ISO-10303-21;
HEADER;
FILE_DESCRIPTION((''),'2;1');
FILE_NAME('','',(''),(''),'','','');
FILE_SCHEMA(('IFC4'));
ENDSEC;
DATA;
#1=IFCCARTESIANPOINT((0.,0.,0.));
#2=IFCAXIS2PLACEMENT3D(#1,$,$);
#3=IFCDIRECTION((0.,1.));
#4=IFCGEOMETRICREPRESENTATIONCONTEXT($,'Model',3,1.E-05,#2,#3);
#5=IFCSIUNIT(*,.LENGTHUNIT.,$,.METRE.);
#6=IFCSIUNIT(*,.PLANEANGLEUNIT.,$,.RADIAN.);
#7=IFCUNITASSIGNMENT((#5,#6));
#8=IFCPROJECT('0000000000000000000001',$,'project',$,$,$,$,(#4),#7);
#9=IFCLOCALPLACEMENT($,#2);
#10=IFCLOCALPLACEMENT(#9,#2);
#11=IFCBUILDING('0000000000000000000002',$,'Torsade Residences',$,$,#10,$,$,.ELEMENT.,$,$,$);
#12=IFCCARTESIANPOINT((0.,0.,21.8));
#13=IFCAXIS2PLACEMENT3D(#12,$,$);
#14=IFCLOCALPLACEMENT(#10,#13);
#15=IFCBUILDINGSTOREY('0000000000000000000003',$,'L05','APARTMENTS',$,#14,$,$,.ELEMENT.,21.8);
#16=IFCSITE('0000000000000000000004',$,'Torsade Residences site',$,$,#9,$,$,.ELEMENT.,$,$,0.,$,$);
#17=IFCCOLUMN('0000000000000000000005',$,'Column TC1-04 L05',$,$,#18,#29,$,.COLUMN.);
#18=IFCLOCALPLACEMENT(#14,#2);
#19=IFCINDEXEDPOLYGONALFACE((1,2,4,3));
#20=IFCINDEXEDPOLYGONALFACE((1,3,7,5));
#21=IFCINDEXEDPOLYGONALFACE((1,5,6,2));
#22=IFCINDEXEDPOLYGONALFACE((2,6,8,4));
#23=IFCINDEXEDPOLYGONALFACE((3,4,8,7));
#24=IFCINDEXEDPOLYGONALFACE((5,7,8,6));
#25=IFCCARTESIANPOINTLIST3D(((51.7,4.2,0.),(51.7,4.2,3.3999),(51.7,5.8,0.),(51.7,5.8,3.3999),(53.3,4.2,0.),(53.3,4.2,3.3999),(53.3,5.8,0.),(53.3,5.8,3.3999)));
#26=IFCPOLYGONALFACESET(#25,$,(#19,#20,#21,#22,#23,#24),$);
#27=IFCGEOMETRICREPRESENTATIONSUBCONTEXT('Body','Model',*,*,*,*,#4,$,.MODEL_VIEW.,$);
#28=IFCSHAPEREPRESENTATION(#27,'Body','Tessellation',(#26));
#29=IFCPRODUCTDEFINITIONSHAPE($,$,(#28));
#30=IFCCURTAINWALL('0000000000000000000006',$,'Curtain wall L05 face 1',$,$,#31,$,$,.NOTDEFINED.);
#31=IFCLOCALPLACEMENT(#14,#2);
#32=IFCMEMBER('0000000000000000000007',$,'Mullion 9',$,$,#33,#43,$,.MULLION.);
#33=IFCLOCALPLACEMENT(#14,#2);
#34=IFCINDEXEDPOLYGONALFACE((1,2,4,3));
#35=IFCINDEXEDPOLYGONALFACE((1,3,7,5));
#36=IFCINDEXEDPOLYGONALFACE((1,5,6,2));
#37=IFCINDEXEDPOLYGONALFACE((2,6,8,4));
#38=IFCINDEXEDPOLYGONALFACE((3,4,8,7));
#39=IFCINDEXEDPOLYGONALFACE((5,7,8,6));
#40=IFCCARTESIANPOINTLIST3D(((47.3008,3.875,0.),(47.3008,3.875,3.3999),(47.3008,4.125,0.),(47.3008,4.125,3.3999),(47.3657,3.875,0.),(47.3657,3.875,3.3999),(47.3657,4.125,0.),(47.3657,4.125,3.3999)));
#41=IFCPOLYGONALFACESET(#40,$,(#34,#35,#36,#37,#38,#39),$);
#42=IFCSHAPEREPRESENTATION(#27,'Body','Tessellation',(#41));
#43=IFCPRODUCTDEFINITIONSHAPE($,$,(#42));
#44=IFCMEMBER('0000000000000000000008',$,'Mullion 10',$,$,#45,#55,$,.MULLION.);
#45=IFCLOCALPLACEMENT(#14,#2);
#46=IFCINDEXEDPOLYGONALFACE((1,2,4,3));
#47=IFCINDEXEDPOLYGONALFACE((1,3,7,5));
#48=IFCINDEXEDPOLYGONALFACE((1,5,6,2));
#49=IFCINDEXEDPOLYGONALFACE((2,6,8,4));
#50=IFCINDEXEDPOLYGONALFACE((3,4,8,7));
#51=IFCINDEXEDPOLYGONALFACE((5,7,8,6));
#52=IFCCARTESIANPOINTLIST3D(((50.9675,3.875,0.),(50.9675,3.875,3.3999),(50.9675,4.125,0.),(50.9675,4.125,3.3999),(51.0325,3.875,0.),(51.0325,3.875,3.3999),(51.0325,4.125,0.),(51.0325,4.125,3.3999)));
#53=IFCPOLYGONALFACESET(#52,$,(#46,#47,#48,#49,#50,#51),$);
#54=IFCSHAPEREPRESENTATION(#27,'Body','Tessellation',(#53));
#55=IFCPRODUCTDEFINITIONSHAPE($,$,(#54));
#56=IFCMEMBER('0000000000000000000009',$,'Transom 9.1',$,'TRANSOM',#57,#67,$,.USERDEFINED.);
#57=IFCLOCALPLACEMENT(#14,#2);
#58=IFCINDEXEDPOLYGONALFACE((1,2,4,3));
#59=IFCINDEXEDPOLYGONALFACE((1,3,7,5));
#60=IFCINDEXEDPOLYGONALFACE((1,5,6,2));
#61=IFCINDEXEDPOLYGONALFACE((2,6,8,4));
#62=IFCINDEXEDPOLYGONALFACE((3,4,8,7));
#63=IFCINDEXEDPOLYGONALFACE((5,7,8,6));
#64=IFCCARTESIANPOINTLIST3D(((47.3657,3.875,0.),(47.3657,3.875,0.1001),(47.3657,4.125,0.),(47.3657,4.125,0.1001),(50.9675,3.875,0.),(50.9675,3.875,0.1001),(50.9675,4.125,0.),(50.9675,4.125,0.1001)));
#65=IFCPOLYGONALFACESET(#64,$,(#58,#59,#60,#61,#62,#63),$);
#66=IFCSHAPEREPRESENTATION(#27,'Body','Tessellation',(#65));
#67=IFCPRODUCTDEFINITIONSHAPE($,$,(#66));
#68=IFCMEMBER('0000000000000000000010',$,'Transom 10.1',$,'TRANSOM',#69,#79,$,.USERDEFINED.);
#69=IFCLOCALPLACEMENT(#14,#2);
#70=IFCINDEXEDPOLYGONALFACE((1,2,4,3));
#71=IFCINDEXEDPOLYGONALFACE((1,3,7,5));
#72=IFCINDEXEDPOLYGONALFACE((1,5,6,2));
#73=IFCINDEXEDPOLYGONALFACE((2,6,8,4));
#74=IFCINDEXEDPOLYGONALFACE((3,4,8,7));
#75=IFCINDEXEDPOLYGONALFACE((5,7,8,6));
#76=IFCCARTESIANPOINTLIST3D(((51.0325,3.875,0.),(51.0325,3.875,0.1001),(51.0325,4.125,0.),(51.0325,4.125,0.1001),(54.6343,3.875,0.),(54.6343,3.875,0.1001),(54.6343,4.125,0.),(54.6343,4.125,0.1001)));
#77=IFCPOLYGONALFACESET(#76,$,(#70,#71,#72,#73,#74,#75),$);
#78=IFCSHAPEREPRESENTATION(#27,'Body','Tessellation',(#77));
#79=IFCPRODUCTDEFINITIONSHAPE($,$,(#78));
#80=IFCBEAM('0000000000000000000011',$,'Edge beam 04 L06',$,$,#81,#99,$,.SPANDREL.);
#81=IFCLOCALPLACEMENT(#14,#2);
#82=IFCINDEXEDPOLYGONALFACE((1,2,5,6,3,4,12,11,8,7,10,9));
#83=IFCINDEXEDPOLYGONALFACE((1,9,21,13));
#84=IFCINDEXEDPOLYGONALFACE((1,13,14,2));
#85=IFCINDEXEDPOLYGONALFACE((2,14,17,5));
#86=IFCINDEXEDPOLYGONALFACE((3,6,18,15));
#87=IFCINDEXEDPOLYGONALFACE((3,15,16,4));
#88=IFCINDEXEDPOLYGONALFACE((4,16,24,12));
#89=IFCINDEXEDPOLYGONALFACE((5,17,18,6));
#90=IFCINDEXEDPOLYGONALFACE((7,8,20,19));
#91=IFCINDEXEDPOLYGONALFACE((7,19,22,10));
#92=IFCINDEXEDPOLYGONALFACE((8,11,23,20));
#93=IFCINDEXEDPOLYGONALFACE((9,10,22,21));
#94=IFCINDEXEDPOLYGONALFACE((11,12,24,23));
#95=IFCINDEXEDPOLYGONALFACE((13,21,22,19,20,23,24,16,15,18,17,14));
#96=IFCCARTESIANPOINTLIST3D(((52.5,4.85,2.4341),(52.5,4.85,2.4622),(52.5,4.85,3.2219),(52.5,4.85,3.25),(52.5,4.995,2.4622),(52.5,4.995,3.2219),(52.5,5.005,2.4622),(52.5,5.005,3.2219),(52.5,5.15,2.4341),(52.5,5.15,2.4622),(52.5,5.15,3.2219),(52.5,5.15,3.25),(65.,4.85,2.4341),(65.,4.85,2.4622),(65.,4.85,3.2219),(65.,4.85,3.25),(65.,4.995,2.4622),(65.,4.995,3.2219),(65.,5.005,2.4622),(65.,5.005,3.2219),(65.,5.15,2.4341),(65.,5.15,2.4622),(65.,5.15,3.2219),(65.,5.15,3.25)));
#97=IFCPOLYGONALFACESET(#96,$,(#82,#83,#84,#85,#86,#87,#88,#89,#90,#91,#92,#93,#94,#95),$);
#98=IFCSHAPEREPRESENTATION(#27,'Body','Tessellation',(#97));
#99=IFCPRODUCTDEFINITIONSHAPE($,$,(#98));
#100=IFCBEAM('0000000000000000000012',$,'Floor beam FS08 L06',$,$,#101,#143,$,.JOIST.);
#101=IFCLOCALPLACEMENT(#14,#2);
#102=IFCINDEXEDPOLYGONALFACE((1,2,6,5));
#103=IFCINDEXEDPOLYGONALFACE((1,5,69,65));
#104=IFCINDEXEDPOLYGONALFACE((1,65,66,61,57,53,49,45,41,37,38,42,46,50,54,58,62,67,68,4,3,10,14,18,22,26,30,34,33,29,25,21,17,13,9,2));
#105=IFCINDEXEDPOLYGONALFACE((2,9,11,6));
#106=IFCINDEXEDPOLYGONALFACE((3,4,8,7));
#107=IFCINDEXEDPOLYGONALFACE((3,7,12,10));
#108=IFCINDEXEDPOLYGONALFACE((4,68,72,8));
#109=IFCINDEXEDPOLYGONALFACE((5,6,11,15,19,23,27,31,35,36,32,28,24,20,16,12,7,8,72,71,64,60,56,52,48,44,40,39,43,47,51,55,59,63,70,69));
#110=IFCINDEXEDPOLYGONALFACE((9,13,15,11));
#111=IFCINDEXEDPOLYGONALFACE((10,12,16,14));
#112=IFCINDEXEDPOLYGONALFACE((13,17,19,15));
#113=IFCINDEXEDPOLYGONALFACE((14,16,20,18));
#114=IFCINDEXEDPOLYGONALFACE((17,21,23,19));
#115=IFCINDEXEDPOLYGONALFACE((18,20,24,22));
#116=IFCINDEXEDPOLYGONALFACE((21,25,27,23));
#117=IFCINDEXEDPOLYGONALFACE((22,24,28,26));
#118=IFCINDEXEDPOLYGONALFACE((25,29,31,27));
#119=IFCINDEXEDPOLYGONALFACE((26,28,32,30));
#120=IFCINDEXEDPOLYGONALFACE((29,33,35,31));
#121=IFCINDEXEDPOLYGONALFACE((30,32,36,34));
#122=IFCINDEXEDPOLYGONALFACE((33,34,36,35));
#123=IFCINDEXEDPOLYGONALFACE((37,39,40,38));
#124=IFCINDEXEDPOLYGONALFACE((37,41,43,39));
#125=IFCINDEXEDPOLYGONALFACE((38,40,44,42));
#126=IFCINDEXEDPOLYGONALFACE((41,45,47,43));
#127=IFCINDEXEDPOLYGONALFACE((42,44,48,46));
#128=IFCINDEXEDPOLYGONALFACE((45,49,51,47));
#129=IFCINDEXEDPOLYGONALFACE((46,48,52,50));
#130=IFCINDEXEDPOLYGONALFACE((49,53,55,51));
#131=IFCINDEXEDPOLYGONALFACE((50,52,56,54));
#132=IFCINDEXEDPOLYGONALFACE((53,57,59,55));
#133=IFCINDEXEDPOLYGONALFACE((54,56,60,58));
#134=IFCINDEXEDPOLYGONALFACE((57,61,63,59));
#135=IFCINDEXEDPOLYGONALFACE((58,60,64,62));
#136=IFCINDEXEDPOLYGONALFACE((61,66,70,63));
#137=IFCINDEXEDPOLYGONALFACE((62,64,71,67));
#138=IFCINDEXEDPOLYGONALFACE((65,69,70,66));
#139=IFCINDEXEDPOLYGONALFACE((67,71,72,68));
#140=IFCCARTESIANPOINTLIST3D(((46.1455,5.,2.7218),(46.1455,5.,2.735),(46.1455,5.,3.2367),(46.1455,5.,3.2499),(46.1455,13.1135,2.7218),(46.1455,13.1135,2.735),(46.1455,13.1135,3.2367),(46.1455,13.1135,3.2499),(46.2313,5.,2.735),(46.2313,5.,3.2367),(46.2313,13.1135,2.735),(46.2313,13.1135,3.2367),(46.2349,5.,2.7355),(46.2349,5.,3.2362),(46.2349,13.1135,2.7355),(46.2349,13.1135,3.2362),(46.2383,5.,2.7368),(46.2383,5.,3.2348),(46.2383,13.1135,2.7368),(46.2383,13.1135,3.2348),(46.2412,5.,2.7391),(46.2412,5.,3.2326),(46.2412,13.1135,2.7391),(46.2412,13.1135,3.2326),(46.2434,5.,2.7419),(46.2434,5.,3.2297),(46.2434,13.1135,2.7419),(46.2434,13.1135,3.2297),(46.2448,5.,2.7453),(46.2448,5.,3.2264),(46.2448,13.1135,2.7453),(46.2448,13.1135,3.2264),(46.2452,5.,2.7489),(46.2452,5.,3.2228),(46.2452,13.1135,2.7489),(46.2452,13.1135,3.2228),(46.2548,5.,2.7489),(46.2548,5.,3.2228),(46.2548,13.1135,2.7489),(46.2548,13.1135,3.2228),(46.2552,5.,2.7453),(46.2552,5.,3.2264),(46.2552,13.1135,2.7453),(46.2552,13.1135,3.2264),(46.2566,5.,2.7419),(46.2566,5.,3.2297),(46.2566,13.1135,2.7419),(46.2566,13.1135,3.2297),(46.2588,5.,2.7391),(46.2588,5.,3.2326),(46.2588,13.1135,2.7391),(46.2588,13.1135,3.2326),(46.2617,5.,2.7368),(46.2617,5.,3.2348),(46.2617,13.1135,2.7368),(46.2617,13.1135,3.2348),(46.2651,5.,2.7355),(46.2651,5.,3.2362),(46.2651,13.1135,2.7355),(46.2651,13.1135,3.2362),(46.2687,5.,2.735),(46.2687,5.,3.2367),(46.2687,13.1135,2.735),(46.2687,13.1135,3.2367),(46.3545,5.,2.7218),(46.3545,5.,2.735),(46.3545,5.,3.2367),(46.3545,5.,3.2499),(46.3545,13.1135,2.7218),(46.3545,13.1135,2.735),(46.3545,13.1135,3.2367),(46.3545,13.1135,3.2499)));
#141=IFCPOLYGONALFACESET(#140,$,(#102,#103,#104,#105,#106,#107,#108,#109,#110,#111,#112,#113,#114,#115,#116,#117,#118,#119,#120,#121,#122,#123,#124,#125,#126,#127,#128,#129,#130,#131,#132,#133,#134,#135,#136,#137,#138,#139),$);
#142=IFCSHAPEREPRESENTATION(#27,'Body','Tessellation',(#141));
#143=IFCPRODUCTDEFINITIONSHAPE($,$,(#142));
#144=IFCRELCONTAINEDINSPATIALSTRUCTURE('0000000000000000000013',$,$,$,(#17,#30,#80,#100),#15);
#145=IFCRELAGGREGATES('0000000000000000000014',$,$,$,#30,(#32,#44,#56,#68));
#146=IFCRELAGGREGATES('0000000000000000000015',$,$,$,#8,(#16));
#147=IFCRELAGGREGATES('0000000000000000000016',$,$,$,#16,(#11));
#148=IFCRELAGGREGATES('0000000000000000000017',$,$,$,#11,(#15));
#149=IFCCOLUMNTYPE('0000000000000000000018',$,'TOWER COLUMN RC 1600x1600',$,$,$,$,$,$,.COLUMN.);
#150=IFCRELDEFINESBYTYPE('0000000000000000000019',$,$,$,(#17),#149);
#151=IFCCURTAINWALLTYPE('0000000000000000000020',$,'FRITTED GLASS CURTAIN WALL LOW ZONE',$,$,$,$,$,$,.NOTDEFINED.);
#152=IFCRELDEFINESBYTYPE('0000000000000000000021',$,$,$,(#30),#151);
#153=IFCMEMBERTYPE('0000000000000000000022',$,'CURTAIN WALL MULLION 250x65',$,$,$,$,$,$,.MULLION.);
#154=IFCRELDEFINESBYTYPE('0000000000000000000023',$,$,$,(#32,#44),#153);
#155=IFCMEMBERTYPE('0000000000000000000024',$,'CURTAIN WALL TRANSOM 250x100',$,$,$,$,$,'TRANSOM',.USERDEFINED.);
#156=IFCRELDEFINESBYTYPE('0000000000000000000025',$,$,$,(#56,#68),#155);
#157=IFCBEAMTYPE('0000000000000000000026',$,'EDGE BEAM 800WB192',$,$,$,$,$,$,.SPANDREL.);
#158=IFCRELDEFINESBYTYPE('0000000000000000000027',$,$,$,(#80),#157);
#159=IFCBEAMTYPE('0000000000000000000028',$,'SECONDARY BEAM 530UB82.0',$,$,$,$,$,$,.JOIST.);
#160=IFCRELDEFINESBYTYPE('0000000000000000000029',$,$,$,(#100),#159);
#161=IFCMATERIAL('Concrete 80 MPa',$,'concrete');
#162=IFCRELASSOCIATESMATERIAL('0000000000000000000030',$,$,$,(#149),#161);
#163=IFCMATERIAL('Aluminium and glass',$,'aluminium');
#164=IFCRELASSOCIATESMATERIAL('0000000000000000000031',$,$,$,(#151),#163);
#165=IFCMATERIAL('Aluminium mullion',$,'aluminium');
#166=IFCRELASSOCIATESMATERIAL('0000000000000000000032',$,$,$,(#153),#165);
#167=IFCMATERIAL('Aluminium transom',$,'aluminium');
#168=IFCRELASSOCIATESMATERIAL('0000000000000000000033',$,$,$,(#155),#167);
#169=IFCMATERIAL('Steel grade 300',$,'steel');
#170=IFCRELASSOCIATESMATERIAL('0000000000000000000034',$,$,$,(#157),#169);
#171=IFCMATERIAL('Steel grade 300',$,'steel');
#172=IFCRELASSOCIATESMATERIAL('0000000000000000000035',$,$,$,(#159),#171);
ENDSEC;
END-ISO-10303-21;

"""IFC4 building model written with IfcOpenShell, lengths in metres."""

from ifc_helpers import new_model, si_unit, direction, frame, origin, origin_2d, place, context, subcontext, project, spatial, rectangle, i_section, extrude, material, material_profile, profile_set, type_object, element, aggregate, save


model = new_model("IFC4")

# Units and contexts
model_context = context("Model", 3, precision=1e-05, world=origin(), true_north=direction((0.0, 1.0)))
body_context = subcontext(model_context, "Body", "Model", "MODEL_VIEW")
ifc_project = project(units=[si_unit("LENGTHUNIT", "METRE"), si_unit("PLANEANGLEUNIT", "RADIAN")], contexts=[model_context])

# Site, building, storey
site_placement = place(None, origin())
site = spatial("IfcSite", under=ifc_project, at=site_placement, Name="Torsade Residences site", CompositionType="ELEMENT", RefElevation=0.0)
building_placement = place(site_placement, origin())
building = spatial("IfcBuilding", under=site, at=building_placement, Name="Torsade Residences", CompositionType="ELEMENT")
storey_placement = place(building_placement, frame((0.0, 0.0, 21.8)))
storey = spatial("IfcBuildingStorey", under=building, at=storey_placement, Name="L05", Description="APARTMENTS", CompositionType="ELEMENT", Elevation=21.8)

# Column
ifc_material_1 = material(Name="Concrete 80 MPa", Category="concrete")
ifc_material_profile_1 = material_profile(ifc_material_1, rectangle(XDim=1.6001, YDim=1.6001, at=origin_2d()), Name="RC 1600x1600")
ifc_profile_set_1 = profile_set([ifc_material_profile_1], Name="Concrete 80 MPa")
column_type = type_object("IfcColumnType", Name="TOWER COLUMN RC 1600x1600", PredefinedType="COLUMN", material=ifc_profile_set_1)
column_placement = place(storey_placement, frame((52.5, 5.0, 0.0), z_axis=(0.0, 0.0, 1.0), x_axis=(1.0, 0.0, 0.0)))
element("IfcColumn", 1, at=column_placement, inside=storey, type_object=column_type, Name="Column TC1-04 L05", PredefinedType="COLUMN", context=body_context, shape_type="SweptSolid", body=[
    extrude(rectangle(XDim=1.6001, YDim=1.6001, at=origin_2d()), origin(), (0.0, 0.0, 1.0), 3.3999),
])

# Curtain wall, members
ifc_material_2 = material(Name="Aluminium and glass", Category="aluminium")
curtain_wall_type = type_object("IfcCurtainWallType", Name="FRITTED GLASS CURTAIN WALL LOW ZONE", PredefinedType="NOTDEFINED", material=ifc_material_2)
curtain_wall_placement = place(storey_placement, origin())
curtain_wall = element("IfcCurtainWall", 2, at=curtain_wall_placement, inside=storey, type_object=curtain_wall_type, Name="Curtain wall L05 face 1", PredefinedType="NOTDEFINED")
ifc_material_3 = material(Name="Aluminium mullion", Category="aluminium")
ifc_material_profile_2 = material_profile(ifc_material_3, rectangle(XDim=0.25, YDim=0.0649, at=origin_2d()), Name="CURTAIN WALL MULLION 250x65")
ifc_profile_set_2 = profile_set([ifc_material_profile_2], Name="Aluminium mullion")
member_type_1 = type_object("IfcMemberType", Name="CURTAIN WALL MULLION 250x65", PredefinedType="MULLION", material=ifc_profile_set_2)
member_1_placement = place(storey_placement, frame((47.3333, 4.0, 0.0), z_axis=(0.0, 0.0, 1.0), x_axis=(0.0, 1.0, 0.0)))
member_1 = element("IfcMember", 3, at=member_1_placement, type_object=member_type_1, Name="Mullion 9", PredefinedType="MULLION", context=body_context, shape_type="SweptSolid", body=[
    extrude(rectangle(XDim=0.25, YDim=0.0649, at=origin_2d()), origin(), (0.0, 0.0, 1.0), 3.3999),
])
member_2_placement = place(storey_placement, frame((51.0, 4.0, 0.0), z_axis=(0.0, 0.0, 1.0), x_axis=(0.0, 1.0, 0.0)))
member_2 = element("IfcMember", 4, at=member_2_placement, type_object=member_type_1, Name="Mullion 10", PredefinedType="MULLION", context=body_context, shape_type="SweptSolid", body=[
    extrude(rectangle(XDim=0.25, YDim=0.0649, at=origin_2d()), origin(), (0.0, 0.0, 1.0), 3.3999),
])
ifc_material_4 = material(Name="Aluminium transom", Category="aluminium")
ifc_material_profile_3 = material_profile(ifc_material_4, rectangle(XDim=0.25, YDim=0.1001, at=origin_2d()), Name="CURTAIN WALL TRANSOM 250x100")
ifc_profile_set_3 = profile_set([ifc_material_profile_3], Name="Aluminium transom")
member_type_2 = type_object("IfcMemberType", Name="CURTAIN WALL TRANSOM 250x100", ElementType="TRANSOM", PredefinedType="USERDEFINED", material=ifc_profile_set_3)
member_3_placement = place(storey_placement, frame((47.3657, 4.0, 0.05), z_axis=(1.0, 0.0, 0.0), x_axis=(0.0, 1.0, 0.0)))
member_3 = element("IfcMember", 5, at=member_3_placement, type_object=member_type_2, Name="Transom 9.1", ObjectType="TRANSOM", PredefinedType="USERDEFINED", context=body_context, shape_type="SweptSolid", body=[
    extrude(rectangle(XDim=0.25, YDim=0.1001, at=origin_2d()), origin(), (0.0, 0.0, 1.0), 3.6018),
])
member_4_placement = place(storey_placement, frame((51.0325, 4.0, 0.05), z_axis=(1.0, 0.0, 0.0), x_axis=(0.0, 1.0, 0.0)))
member_4 = element("IfcMember", 6, at=member_4_placement, type_object=member_type_2, Name="Transom 10.1", ObjectType="TRANSOM", PredefinedType="USERDEFINED", context=body_context, shape_type="SweptSolid", body=[
    extrude(rectangle(XDim=0.25, YDim=0.1001, at=origin_2d()), origin(), (0.0, 0.0, 1.0), 3.6018),
])

# Beams
ifc_material_5 = material(Name="Steel grade 300", Category="steel")
ifc_material_profile_4 = material_profile(ifc_material_5, i_section(OverallWidth=0.3, OverallDepth=0.8159, WebThickness=0.01, FlangeThickness=0.0281, at=origin_2d()), Name="800WB192")
ifc_profile_set_4 = profile_set([ifc_material_profile_4], Name="Steel grade 300")
beam_type_1 = type_object("IfcBeamType", Name="EDGE BEAM 800WB192", PredefinedType="SPANDREL", material=ifc_profile_set_4)
beam_1_placement = place(storey_placement, frame((52.5, 5.0, 2.842), z_axis=(1.0, 0.0, 0.0), x_axis=(0.0, 1.0, 0.0)))
element("IfcBeam", 7, at=beam_1_placement, inside=storey, type_object=beam_type_1, Name="Edge beam 04 L06", PredefinedType="SPANDREL", context=body_context, shape_type="SweptSolid", body=[
    extrude(i_section(OverallWidth=0.3, OverallDepth=0.8159, WebThickness=0.01, FlangeThickness=0.0281, at=origin_2d()), origin(), (0.0, 0.0, 1.0), 12.5),
])
ifc_material_6 = material(Name="Steel grade 300", Category="steel")
ifc_material_profile_5 = material_profile(ifc_material_6, i_section(OverallWidth=0.209, OverallDepth=0.5281, WebThickness=0.0095, FlangeThickness=0.0132, FilletRadius=0.0139, at=origin_2d()), Name="530UB82.0")
ifc_profile_set_5 = profile_set([ifc_material_profile_5], Name="Steel grade 300")
beam_type_2 = type_object("IfcBeamType", Name="SECONDARY BEAM 530UB82.0", PredefinedType="JOIST", material=ifc_profile_set_5)
beam_2_placement = place(storey_placement, frame((46.25, 5.0, 2.9858), z_axis=(0.0, 1.0, 0.0), x_axis=(-1.0, 0.0, 0.0)))
element("IfcBeam", 8, at=beam_2_placement, inside=storey, type_object=beam_type_2, Name="Floor beam FS08 L06", PredefinedType="JOIST", context=body_context, shape_type="SweptSolid", body=[
    extrude(i_section(OverallWidth=0.209, OverallDepth=0.5281, WebThickness=0.0095, FlangeThickness=0.0132, FilletRadius=0.0139, at=origin_2d()), origin(), (0.0, 0.0, 1.0), 8.1135),
])

aggregate(curtain_wall, [member_1, member_2, member_3, member_4])

save(model, "model.ifc")
